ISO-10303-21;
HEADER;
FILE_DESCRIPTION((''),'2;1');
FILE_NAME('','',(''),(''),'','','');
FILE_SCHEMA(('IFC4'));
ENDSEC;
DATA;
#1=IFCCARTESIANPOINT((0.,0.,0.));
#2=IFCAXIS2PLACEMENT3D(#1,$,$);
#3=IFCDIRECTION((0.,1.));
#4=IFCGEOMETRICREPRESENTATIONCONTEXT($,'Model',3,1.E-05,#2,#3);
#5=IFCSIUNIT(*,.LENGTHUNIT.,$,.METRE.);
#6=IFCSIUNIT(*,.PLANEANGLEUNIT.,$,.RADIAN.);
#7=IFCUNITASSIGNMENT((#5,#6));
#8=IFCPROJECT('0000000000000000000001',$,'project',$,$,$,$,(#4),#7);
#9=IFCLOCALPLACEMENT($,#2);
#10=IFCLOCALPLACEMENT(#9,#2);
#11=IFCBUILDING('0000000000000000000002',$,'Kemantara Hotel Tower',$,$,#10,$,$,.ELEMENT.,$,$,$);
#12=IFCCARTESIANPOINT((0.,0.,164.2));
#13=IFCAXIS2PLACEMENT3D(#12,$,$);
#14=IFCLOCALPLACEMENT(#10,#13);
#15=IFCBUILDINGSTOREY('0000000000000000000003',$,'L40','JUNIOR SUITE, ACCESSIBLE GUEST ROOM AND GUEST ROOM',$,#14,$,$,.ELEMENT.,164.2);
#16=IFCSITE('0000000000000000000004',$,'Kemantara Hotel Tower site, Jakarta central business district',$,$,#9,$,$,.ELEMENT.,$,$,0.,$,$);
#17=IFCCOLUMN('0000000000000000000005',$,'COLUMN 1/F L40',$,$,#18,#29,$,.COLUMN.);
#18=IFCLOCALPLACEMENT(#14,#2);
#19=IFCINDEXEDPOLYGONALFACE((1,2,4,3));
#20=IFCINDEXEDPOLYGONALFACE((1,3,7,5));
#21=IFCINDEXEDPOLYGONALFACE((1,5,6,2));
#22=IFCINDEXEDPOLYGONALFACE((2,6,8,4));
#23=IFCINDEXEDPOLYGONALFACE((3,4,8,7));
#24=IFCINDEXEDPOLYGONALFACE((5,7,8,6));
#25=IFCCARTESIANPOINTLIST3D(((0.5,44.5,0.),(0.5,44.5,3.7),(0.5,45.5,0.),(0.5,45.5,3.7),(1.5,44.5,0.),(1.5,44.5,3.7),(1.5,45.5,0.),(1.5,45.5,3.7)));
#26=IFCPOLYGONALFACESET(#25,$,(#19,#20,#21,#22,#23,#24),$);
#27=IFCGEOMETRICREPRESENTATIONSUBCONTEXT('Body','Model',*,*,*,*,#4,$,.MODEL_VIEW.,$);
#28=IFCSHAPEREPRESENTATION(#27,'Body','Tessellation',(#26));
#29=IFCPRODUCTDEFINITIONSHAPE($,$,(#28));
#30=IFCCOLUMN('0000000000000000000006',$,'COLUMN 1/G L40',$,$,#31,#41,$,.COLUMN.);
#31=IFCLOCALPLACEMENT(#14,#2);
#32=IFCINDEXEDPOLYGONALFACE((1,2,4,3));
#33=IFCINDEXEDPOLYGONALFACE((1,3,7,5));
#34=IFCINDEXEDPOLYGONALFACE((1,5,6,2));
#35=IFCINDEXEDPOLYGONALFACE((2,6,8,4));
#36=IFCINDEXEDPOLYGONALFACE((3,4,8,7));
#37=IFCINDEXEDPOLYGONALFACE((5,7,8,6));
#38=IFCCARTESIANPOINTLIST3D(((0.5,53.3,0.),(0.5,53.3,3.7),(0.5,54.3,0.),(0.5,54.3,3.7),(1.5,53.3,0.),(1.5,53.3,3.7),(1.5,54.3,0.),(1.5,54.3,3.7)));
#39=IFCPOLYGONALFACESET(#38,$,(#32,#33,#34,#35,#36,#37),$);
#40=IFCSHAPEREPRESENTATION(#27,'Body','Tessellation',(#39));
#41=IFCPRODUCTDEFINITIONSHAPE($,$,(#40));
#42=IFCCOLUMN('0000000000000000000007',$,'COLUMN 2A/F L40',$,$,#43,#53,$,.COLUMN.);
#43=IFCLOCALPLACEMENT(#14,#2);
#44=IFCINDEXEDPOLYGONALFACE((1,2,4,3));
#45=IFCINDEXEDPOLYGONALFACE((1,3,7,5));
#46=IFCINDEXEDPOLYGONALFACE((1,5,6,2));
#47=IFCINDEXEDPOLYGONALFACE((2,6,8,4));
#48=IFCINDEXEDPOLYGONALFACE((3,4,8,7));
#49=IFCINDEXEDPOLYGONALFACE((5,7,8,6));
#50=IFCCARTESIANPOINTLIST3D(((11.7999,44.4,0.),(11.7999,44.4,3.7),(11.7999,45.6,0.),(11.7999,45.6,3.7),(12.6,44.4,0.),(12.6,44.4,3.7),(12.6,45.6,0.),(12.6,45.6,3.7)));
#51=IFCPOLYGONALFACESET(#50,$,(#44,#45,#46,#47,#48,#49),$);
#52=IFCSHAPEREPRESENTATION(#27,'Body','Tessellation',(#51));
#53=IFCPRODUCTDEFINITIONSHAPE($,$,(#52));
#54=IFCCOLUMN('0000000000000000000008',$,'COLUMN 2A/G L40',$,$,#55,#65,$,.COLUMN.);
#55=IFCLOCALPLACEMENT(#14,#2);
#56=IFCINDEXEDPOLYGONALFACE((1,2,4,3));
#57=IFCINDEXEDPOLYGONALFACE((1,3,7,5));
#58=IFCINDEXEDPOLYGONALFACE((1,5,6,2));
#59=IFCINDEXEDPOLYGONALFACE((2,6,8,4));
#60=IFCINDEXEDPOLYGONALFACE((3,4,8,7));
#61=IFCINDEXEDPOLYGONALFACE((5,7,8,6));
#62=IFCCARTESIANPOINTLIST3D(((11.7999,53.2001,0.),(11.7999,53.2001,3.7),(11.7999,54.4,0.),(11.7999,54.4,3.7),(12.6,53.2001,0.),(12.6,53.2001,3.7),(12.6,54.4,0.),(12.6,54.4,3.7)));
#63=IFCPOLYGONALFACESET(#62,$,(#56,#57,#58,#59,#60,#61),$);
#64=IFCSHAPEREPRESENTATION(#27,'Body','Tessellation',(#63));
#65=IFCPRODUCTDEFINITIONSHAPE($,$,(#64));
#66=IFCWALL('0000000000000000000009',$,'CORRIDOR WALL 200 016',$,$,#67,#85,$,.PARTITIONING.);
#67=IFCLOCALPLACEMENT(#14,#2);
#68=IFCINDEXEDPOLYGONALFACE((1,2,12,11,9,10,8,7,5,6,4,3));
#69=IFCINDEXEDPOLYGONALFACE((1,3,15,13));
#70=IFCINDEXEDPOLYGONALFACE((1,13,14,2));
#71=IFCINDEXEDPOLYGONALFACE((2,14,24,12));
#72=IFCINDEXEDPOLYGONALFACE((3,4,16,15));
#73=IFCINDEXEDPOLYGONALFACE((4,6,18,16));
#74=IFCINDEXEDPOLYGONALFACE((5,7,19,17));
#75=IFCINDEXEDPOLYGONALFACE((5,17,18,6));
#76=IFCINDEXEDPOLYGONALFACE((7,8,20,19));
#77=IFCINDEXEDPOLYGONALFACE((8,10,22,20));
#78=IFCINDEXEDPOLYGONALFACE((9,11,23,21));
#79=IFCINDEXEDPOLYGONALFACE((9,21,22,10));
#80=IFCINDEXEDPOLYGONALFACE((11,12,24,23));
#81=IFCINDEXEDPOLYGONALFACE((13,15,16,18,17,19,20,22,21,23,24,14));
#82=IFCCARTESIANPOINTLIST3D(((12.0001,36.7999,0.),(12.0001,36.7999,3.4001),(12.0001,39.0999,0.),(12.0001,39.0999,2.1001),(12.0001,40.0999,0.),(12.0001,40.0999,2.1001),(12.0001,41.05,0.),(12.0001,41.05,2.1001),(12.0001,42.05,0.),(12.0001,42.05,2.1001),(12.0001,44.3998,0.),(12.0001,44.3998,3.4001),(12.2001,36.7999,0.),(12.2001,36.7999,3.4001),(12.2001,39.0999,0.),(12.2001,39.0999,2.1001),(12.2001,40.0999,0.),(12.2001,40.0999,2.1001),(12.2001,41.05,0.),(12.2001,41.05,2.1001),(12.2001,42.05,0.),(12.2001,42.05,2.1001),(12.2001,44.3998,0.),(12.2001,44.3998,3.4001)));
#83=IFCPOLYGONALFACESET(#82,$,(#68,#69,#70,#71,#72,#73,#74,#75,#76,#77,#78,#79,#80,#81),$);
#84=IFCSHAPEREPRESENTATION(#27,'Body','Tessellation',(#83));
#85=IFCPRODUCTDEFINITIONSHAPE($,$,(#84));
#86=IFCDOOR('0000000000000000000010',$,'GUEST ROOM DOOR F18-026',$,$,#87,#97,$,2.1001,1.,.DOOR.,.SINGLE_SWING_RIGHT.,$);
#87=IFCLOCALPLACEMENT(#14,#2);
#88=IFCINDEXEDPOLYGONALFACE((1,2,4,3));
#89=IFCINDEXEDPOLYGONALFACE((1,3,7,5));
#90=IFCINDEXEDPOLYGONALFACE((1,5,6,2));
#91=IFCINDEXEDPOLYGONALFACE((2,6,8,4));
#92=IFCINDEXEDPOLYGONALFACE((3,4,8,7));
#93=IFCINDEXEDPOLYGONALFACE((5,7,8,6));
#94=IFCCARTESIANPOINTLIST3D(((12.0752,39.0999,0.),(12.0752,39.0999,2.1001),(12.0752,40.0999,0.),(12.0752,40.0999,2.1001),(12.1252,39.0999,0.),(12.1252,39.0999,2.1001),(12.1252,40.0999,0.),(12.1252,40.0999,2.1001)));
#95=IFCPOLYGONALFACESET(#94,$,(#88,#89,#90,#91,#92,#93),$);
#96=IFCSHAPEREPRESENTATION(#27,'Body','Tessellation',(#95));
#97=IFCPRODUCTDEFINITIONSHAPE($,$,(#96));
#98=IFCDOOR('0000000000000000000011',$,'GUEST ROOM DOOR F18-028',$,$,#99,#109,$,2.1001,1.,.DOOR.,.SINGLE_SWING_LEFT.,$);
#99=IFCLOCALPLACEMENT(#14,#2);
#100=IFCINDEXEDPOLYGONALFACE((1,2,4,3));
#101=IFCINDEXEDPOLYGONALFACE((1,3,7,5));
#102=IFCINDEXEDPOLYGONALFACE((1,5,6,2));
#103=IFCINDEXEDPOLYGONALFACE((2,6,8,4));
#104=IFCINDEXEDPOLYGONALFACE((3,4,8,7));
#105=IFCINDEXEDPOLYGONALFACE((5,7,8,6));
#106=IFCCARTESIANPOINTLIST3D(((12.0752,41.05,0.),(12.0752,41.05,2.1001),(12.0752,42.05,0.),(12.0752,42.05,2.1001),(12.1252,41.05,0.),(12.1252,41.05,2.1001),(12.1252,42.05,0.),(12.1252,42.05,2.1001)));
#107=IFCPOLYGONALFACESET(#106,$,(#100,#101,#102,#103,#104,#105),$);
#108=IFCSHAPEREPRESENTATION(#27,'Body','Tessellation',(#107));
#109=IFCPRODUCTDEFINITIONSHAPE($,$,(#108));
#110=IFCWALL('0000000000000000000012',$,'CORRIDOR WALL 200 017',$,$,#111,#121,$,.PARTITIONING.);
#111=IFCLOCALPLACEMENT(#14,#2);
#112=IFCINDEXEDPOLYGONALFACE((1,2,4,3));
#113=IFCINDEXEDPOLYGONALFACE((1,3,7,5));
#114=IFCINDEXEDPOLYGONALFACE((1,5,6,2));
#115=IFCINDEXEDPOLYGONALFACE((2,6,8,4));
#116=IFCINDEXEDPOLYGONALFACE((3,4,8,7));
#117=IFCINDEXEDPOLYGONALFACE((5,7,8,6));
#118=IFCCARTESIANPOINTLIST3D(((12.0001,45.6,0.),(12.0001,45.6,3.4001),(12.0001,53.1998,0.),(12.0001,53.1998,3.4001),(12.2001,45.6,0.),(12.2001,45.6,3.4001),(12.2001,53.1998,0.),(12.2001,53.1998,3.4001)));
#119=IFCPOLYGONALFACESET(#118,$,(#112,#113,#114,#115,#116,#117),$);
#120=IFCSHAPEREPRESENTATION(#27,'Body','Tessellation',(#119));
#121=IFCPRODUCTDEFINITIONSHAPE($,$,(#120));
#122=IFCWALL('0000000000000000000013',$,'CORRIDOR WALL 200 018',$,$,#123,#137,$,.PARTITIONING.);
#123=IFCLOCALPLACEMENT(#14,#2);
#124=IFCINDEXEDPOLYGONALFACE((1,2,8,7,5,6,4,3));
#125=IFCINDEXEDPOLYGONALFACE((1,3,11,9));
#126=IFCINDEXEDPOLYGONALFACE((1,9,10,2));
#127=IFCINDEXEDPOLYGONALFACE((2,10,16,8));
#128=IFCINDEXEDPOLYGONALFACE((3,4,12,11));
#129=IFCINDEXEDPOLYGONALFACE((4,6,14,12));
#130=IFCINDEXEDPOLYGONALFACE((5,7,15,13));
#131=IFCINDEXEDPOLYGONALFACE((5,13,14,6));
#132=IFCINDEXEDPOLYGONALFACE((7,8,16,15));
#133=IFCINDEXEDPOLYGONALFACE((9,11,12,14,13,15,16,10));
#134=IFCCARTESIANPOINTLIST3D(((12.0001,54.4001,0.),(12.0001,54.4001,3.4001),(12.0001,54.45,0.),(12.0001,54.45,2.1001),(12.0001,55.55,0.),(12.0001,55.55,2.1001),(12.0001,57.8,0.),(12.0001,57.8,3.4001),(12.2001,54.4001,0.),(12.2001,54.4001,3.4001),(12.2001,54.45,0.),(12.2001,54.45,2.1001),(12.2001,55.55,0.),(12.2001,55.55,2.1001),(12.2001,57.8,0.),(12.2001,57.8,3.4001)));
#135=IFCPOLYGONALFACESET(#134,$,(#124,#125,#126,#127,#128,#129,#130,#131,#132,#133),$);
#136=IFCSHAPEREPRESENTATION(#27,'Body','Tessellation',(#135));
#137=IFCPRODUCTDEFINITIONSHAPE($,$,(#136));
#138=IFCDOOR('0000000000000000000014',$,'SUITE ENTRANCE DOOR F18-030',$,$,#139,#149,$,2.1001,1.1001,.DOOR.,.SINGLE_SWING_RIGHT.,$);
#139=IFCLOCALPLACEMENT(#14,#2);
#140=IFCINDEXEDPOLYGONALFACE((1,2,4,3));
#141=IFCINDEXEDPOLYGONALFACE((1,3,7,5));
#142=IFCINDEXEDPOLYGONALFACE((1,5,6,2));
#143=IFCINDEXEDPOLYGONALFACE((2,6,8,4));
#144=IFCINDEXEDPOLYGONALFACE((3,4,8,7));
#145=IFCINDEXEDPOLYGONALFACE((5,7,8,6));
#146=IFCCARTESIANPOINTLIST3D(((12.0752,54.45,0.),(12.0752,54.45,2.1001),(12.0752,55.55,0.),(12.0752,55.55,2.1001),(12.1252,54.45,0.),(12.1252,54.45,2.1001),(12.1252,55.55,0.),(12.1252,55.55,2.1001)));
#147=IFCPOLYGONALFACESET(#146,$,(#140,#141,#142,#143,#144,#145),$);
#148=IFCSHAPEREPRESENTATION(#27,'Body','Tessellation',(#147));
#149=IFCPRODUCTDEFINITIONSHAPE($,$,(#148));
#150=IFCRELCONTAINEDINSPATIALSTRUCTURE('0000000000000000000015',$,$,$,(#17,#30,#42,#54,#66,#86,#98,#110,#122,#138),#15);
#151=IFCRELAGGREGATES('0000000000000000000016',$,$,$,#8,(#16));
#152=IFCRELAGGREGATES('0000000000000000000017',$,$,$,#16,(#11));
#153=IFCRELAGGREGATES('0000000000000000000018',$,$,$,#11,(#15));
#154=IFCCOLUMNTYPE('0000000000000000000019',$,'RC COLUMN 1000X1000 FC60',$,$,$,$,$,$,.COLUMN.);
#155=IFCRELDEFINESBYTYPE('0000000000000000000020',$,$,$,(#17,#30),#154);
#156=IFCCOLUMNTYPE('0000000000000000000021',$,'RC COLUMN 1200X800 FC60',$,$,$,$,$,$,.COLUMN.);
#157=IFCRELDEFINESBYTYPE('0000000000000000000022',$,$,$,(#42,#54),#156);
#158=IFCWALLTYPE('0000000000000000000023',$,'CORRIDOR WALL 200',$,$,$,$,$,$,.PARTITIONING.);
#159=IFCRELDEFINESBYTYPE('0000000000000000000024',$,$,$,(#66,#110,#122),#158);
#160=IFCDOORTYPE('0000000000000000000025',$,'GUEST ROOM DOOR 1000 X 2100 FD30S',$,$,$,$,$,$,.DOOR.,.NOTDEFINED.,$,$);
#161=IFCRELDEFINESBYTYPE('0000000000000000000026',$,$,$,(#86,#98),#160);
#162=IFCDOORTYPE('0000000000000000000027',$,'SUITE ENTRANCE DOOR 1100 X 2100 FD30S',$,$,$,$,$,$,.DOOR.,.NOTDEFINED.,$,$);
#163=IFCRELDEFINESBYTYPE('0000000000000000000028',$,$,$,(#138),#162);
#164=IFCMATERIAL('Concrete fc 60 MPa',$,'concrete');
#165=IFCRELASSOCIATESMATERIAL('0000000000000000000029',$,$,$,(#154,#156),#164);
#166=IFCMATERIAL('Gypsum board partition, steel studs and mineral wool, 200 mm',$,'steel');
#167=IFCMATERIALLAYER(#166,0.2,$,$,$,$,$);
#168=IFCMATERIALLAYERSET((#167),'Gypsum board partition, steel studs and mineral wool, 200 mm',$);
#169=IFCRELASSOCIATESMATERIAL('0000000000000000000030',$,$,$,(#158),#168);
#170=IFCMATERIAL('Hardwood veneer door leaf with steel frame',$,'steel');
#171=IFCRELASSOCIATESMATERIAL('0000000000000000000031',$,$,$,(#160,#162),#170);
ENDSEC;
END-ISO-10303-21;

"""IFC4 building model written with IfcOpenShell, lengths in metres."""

from ifc_helpers import new_model, si_unit, direction, frame, frame_2d, origin, origin_2d, place, context, subcontext, project, spatial, rectangle, extrude, material, layer, layer_set, material_profile, profile_set, type_object, element, fill, save


model = new_model("IFC4")

# Units and contexts
model_context = context("Model", 3, precision=1e-05, world=origin(), true_north=direction((0.0, 1.0)))
body_context = subcontext(model_context, "Body", "Model", "MODEL_VIEW")
ifc_project = project(units=[si_unit("LENGTHUNIT", "METRE"), si_unit("PLANEANGLEUNIT", "RADIAN")], contexts=[model_context])

# Site, building, storey
site_placement = place(None, origin())
site = spatial("IfcSite", under=ifc_project, at=site_placement, Name="Kemantara Hotel Tower site, Jakarta central business district", CompositionType="ELEMENT", RefElevation=0.0)
building_placement = place(site_placement, origin())
building = spatial("IfcBuilding", under=site, at=building_placement, Name="Kemantara Hotel Tower", CompositionType="ELEMENT")
storey_placement = place(building_placement, frame((0.0, 0.0, 164.2)))
storey = spatial("IfcBuildingStorey", under=building, at=storey_placement, Name="L40", Description="JUNIOR SUITE, ACCESSIBLE GUEST ROOM AND GUEST ROOM", CompositionType="ELEMENT", Elevation=164.2)

# Columns
ifc_material_1 = material(Name="Concrete fc 60 MPa", Category="concrete")
ifc_material_profile_1 = material_profile(ifc_material_1, rectangle(XDim=1.0, YDim=1.0, at=origin_2d()), Name="RC 1000X1000")
ifc_profile_set_1 = profile_set([ifc_material_profile_1], Name="Concrete fc 60 MPa")
column_type_1 = type_object("IfcColumnType", Name="RC COLUMN 1000X1000 FC60", PredefinedType="COLUMN", material=ifc_profile_set_1)
for number, where, z_axis, x_axis, name in (
    (1, (1.0, 45.0, 0.0), (0.0, 0.0, 1.0), (1.0, 0.0, 0.0), "COLUMN 1/F L40"),
    (2, (1.0, 53.8, 0.0), (0.0, 0.0, 1.0), (1.0, 0.0, 0.0), "COLUMN 1/G L40"),
):
    element("IfcColumn", number, at=place(storey_placement, frame(where, z_axis=z_axis, x_axis=x_axis)), inside=storey, type_object=column_type_1, Name=name, PredefinedType="COLUMN", context=body_context, shape_type="SweptSolid", body=[
        extrude(rectangle(XDim=1.0, YDim=1.0, at=origin_2d()), origin(), (0.0, 0.0, 1.0), 3.7),
    ])
ifc_material_profile_2 = material_profile(ifc_material_1, rectangle(XDim=1.2, YDim=0.8, at=origin_2d()), Name="RC 1200X800")
ifc_profile_set_2 = profile_set([ifc_material_profile_2], Name="Concrete fc 60 MPa")
column_type_2 = type_object("IfcColumnType", Name="RC COLUMN 1200X800 FC60", PredefinedType="COLUMN", material=ifc_profile_set_2)
for number, where, z_axis, x_axis, name in (
    (3, (12.2, 45.0, 0.0), (0.0, 0.0, 1.0), (0.0, 1.0, 0.0), "COLUMN 2A/F L40"),
    (4, (12.2, 53.8, 0.0), (0.0, 0.0, 1.0), (0.0, 1.0, 0.0), "COLUMN 2A/G L40"),
):
    element("IfcColumn", number, at=place(storey_placement, frame(where, z_axis=z_axis, x_axis=x_axis)), inside=storey, type_object=column_type_2, Name=name, PredefinedType="COLUMN", context=body_context, shape_type="SweptSolid", body=[
        extrude(rectangle(XDim=1.2, YDim=0.8, at=origin_2d()), origin(), (0.0, 0.0, 1.0), 3.7),
    ])

# Wall, openings, doors
ifc_material_2 = material(Name="Gypsum board partition, steel studs and mineral wool, 200 mm", Category="steel")
ifc_layer_1 = layer(ifc_material_2, 0.2)
ifc_layer_set_1 = layer_set([ifc_layer_1], Name="Gypsum board partition, steel studs and mineral wool, 200 mm")
wall_type_1 = type_object("IfcWallType", Name="CORRIDOR WALL 200", PredefinedType="PARTITIONING", material=ifc_layer_set_1)
wall_1_placement = place(storey_placement, frame((12.1001, 36.8, 0.0), z_axis=(0.0, 0.0, 1.0), x_axis=(0.0, 1.0, 0.0)))
wall_1 = element("IfcWall", 5, at=wall_1_placement, inside=storey, type_object=wall_type_1, Name="CORRIDOR WALL 200 016", PredefinedType="PARTITIONING", context=body_context, shape_type="SweptSolid", body=[
    extrude(rectangle(XDim=7.5999, YDim=0.2, at=frame_2d((3.7998, 0.0))), origin(), (0.0, 0.0, 1.0), 3.4001),
])
opening_1_placement = place(wall_1_placement, frame((2.2998, 0.0, 0.0)))
opening_1 = element("IfcOpeningElement", 6, at=opening_1_placement, cuts=wall_1, PredefinedType="OPENING", context=body_context, shape_type="SweptSolid", body=[
    extrude(rectangle(XDim=1.0, YDim=2.1001, at=frame_2d((0.5, 1.05))), frame((0.0, 0.1099, 0.0), z_axis=(0.0, -1.0, 0.0), x_axis=(1.0, 0.0, 0.0)), (0.0, 0.0, 1.0), 0.22),
])
opening_2_placement = place(wall_1_placement, frame((4.25, 0.0, 0.0)))
opening_2 = element("IfcOpeningElement", 7, at=opening_2_placement, cuts=wall_1, PredefinedType="OPENING", context=body_context, shape_type="SweptSolid", body=[
    extrude(rectangle(XDim=1.0, YDim=2.1001, at=frame_2d((0.5, 1.05))), frame((0.0, 0.1099, 0.0), z_axis=(0.0, -1.0, 0.0), x_axis=(1.0, 0.0, 0.0)), (0.0, 0.0, 1.0), 0.22),
])
ifc_material_3 = material(Name="Hardwood veneer door leaf with steel frame", Category="steel")
door_type_1 = type_object("IfcDoorType", Name="GUEST ROOM DOOR 1000 X 2100 FD30S", OperationType="NOTDEFINED", PredefinedType="DOOR", material=ifc_material_3)
door_1_placement = place(opening_1_placement, origin())
door_1 = element("IfcDoor", 8, at=door_1_placement, inside=storey, type_object=door_type_1, Name="GUEST ROOM DOOR F18-026", OperationType="SINGLE_SWING_RIGHT", OverallHeight=2.1001, OverallWidth=1.0, PredefinedType="DOOR", context=body_context, shape_type="SweptSolid", body=[
    extrude(rectangle(XDim=1.0, YDim=2.1001, at=frame_2d((0.5, 1.05))), frame((0.0, 0.0249, 0.0), z_axis=(0.0, -1.0, 0.0), x_axis=(1.0, 0.0, 0.0)), (0.0, 0.0, 1.0), 0.05),
])
fill(opening_1, door_1)
door_2_placement = place(opening_2_placement, origin())
door_2 = element("IfcDoor", 9, at=door_2_placement, inside=storey, type_object=door_type_1, Name="GUEST ROOM DOOR F18-028", OperationType="SINGLE_SWING_LEFT", OverallHeight=2.1001, OverallWidth=1.0, PredefinedType="DOOR", context=body_context, shape_type="SweptSolid", body=[
    extrude(rectangle(XDim=1.0, YDim=2.1001, at=frame_2d((0.5, 1.05))), frame((0.0, 0.0249, 0.0), z_axis=(0.0, -1.0, 0.0), x_axis=(1.0, 0.0, 0.0)), (0.0, 0.0, 1.0), 0.05),
])
fill(opening_2, door_2)

# Wall
wall_2_placement = place(storey_placement, frame((12.1001, 45.6001, 0.0), z_axis=(0.0, 0.0, 1.0), x_axis=(0.0, 1.0, 0.0)))
element("IfcWall", 10, at=wall_2_placement, inside=storey, type_object=wall_type_1, Name="CORRIDOR WALL 200 017", PredefinedType="PARTITIONING", context=body_context, shape_type="SweptSolid", body=[
    extrude(rectangle(XDim=7.5999, YDim=0.2, at=frame_2d((3.7998, 0.0))), origin(), (0.0, 0.0, 1.0), 3.4001),
])

# Wall, opening, door
wall_3_placement = place(storey_placement, frame((12.1001, 54.4001, 0.0), z_axis=(0.0, 0.0, 1.0), x_axis=(0.0, 1.0, 0.0)))
wall_3 = element("IfcWall", 11, at=wall_3_placement, inside=storey, type_object=wall_type_1, Name="CORRIDOR WALL 200 018", PredefinedType="PARTITIONING", context=body_context, shape_type="SweptSolid", body=[
    extrude(rectangle(XDim=3.3999, YDim=0.2, at=frame_2d((1.7, 0.0))), origin(), (0.0, 0.0, 1.0), 3.4001),
])
opening_3_placement = place(wall_3_placement, frame((0.0498, 0.0, 0.0)))
opening_3 = element("IfcOpeningElement", 12, at=opening_3_placement, cuts=wall_3, PredefinedType="OPENING", context=body_context, shape_type="SweptSolid", body=[
    extrude(rectangle(XDim=1.1001, YDim=2.1001, at=frame_2d((0.55, 1.05))), frame((0.0, 0.1099, 0.0), z_axis=(0.0, -1.0, 0.0), x_axis=(1.0, 0.0, 0.0)), (0.0, 0.0, 1.0), 0.22),
])
door_type_2 = type_object("IfcDoorType", Name="SUITE ENTRANCE DOOR 1100 X 2100 FD30S", OperationType="NOTDEFINED", PredefinedType="DOOR", material=ifc_material_3)
door_3_placement = place(opening_3_placement, origin())
door_3 = element("IfcDoor", 13, at=door_3_placement, inside=storey, type_object=door_type_2, Name="SUITE ENTRANCE DOOR F18-030", OperationType="SINGLE_SWING_RIGHT", OverallHeight=2.1001, OverallWidth=1.1001, PredefinedType="DOOR", context=body_context, shape_type="SweptSolid", body=[
    extrude(rectangle(XDim=1.1001, YDim=2.1001, at=frame_2d((0.55, 1.05))), frame((0.0, 0.0249, 0.0), z_axis=(0.0, -1.0, 0.0), x_axis=(1.0, 0.0, 0.0)), (0.0, 0.0, 1.0), 0.05),
])
fill(opening_3, door_3)

save(model, "model.ifc")
